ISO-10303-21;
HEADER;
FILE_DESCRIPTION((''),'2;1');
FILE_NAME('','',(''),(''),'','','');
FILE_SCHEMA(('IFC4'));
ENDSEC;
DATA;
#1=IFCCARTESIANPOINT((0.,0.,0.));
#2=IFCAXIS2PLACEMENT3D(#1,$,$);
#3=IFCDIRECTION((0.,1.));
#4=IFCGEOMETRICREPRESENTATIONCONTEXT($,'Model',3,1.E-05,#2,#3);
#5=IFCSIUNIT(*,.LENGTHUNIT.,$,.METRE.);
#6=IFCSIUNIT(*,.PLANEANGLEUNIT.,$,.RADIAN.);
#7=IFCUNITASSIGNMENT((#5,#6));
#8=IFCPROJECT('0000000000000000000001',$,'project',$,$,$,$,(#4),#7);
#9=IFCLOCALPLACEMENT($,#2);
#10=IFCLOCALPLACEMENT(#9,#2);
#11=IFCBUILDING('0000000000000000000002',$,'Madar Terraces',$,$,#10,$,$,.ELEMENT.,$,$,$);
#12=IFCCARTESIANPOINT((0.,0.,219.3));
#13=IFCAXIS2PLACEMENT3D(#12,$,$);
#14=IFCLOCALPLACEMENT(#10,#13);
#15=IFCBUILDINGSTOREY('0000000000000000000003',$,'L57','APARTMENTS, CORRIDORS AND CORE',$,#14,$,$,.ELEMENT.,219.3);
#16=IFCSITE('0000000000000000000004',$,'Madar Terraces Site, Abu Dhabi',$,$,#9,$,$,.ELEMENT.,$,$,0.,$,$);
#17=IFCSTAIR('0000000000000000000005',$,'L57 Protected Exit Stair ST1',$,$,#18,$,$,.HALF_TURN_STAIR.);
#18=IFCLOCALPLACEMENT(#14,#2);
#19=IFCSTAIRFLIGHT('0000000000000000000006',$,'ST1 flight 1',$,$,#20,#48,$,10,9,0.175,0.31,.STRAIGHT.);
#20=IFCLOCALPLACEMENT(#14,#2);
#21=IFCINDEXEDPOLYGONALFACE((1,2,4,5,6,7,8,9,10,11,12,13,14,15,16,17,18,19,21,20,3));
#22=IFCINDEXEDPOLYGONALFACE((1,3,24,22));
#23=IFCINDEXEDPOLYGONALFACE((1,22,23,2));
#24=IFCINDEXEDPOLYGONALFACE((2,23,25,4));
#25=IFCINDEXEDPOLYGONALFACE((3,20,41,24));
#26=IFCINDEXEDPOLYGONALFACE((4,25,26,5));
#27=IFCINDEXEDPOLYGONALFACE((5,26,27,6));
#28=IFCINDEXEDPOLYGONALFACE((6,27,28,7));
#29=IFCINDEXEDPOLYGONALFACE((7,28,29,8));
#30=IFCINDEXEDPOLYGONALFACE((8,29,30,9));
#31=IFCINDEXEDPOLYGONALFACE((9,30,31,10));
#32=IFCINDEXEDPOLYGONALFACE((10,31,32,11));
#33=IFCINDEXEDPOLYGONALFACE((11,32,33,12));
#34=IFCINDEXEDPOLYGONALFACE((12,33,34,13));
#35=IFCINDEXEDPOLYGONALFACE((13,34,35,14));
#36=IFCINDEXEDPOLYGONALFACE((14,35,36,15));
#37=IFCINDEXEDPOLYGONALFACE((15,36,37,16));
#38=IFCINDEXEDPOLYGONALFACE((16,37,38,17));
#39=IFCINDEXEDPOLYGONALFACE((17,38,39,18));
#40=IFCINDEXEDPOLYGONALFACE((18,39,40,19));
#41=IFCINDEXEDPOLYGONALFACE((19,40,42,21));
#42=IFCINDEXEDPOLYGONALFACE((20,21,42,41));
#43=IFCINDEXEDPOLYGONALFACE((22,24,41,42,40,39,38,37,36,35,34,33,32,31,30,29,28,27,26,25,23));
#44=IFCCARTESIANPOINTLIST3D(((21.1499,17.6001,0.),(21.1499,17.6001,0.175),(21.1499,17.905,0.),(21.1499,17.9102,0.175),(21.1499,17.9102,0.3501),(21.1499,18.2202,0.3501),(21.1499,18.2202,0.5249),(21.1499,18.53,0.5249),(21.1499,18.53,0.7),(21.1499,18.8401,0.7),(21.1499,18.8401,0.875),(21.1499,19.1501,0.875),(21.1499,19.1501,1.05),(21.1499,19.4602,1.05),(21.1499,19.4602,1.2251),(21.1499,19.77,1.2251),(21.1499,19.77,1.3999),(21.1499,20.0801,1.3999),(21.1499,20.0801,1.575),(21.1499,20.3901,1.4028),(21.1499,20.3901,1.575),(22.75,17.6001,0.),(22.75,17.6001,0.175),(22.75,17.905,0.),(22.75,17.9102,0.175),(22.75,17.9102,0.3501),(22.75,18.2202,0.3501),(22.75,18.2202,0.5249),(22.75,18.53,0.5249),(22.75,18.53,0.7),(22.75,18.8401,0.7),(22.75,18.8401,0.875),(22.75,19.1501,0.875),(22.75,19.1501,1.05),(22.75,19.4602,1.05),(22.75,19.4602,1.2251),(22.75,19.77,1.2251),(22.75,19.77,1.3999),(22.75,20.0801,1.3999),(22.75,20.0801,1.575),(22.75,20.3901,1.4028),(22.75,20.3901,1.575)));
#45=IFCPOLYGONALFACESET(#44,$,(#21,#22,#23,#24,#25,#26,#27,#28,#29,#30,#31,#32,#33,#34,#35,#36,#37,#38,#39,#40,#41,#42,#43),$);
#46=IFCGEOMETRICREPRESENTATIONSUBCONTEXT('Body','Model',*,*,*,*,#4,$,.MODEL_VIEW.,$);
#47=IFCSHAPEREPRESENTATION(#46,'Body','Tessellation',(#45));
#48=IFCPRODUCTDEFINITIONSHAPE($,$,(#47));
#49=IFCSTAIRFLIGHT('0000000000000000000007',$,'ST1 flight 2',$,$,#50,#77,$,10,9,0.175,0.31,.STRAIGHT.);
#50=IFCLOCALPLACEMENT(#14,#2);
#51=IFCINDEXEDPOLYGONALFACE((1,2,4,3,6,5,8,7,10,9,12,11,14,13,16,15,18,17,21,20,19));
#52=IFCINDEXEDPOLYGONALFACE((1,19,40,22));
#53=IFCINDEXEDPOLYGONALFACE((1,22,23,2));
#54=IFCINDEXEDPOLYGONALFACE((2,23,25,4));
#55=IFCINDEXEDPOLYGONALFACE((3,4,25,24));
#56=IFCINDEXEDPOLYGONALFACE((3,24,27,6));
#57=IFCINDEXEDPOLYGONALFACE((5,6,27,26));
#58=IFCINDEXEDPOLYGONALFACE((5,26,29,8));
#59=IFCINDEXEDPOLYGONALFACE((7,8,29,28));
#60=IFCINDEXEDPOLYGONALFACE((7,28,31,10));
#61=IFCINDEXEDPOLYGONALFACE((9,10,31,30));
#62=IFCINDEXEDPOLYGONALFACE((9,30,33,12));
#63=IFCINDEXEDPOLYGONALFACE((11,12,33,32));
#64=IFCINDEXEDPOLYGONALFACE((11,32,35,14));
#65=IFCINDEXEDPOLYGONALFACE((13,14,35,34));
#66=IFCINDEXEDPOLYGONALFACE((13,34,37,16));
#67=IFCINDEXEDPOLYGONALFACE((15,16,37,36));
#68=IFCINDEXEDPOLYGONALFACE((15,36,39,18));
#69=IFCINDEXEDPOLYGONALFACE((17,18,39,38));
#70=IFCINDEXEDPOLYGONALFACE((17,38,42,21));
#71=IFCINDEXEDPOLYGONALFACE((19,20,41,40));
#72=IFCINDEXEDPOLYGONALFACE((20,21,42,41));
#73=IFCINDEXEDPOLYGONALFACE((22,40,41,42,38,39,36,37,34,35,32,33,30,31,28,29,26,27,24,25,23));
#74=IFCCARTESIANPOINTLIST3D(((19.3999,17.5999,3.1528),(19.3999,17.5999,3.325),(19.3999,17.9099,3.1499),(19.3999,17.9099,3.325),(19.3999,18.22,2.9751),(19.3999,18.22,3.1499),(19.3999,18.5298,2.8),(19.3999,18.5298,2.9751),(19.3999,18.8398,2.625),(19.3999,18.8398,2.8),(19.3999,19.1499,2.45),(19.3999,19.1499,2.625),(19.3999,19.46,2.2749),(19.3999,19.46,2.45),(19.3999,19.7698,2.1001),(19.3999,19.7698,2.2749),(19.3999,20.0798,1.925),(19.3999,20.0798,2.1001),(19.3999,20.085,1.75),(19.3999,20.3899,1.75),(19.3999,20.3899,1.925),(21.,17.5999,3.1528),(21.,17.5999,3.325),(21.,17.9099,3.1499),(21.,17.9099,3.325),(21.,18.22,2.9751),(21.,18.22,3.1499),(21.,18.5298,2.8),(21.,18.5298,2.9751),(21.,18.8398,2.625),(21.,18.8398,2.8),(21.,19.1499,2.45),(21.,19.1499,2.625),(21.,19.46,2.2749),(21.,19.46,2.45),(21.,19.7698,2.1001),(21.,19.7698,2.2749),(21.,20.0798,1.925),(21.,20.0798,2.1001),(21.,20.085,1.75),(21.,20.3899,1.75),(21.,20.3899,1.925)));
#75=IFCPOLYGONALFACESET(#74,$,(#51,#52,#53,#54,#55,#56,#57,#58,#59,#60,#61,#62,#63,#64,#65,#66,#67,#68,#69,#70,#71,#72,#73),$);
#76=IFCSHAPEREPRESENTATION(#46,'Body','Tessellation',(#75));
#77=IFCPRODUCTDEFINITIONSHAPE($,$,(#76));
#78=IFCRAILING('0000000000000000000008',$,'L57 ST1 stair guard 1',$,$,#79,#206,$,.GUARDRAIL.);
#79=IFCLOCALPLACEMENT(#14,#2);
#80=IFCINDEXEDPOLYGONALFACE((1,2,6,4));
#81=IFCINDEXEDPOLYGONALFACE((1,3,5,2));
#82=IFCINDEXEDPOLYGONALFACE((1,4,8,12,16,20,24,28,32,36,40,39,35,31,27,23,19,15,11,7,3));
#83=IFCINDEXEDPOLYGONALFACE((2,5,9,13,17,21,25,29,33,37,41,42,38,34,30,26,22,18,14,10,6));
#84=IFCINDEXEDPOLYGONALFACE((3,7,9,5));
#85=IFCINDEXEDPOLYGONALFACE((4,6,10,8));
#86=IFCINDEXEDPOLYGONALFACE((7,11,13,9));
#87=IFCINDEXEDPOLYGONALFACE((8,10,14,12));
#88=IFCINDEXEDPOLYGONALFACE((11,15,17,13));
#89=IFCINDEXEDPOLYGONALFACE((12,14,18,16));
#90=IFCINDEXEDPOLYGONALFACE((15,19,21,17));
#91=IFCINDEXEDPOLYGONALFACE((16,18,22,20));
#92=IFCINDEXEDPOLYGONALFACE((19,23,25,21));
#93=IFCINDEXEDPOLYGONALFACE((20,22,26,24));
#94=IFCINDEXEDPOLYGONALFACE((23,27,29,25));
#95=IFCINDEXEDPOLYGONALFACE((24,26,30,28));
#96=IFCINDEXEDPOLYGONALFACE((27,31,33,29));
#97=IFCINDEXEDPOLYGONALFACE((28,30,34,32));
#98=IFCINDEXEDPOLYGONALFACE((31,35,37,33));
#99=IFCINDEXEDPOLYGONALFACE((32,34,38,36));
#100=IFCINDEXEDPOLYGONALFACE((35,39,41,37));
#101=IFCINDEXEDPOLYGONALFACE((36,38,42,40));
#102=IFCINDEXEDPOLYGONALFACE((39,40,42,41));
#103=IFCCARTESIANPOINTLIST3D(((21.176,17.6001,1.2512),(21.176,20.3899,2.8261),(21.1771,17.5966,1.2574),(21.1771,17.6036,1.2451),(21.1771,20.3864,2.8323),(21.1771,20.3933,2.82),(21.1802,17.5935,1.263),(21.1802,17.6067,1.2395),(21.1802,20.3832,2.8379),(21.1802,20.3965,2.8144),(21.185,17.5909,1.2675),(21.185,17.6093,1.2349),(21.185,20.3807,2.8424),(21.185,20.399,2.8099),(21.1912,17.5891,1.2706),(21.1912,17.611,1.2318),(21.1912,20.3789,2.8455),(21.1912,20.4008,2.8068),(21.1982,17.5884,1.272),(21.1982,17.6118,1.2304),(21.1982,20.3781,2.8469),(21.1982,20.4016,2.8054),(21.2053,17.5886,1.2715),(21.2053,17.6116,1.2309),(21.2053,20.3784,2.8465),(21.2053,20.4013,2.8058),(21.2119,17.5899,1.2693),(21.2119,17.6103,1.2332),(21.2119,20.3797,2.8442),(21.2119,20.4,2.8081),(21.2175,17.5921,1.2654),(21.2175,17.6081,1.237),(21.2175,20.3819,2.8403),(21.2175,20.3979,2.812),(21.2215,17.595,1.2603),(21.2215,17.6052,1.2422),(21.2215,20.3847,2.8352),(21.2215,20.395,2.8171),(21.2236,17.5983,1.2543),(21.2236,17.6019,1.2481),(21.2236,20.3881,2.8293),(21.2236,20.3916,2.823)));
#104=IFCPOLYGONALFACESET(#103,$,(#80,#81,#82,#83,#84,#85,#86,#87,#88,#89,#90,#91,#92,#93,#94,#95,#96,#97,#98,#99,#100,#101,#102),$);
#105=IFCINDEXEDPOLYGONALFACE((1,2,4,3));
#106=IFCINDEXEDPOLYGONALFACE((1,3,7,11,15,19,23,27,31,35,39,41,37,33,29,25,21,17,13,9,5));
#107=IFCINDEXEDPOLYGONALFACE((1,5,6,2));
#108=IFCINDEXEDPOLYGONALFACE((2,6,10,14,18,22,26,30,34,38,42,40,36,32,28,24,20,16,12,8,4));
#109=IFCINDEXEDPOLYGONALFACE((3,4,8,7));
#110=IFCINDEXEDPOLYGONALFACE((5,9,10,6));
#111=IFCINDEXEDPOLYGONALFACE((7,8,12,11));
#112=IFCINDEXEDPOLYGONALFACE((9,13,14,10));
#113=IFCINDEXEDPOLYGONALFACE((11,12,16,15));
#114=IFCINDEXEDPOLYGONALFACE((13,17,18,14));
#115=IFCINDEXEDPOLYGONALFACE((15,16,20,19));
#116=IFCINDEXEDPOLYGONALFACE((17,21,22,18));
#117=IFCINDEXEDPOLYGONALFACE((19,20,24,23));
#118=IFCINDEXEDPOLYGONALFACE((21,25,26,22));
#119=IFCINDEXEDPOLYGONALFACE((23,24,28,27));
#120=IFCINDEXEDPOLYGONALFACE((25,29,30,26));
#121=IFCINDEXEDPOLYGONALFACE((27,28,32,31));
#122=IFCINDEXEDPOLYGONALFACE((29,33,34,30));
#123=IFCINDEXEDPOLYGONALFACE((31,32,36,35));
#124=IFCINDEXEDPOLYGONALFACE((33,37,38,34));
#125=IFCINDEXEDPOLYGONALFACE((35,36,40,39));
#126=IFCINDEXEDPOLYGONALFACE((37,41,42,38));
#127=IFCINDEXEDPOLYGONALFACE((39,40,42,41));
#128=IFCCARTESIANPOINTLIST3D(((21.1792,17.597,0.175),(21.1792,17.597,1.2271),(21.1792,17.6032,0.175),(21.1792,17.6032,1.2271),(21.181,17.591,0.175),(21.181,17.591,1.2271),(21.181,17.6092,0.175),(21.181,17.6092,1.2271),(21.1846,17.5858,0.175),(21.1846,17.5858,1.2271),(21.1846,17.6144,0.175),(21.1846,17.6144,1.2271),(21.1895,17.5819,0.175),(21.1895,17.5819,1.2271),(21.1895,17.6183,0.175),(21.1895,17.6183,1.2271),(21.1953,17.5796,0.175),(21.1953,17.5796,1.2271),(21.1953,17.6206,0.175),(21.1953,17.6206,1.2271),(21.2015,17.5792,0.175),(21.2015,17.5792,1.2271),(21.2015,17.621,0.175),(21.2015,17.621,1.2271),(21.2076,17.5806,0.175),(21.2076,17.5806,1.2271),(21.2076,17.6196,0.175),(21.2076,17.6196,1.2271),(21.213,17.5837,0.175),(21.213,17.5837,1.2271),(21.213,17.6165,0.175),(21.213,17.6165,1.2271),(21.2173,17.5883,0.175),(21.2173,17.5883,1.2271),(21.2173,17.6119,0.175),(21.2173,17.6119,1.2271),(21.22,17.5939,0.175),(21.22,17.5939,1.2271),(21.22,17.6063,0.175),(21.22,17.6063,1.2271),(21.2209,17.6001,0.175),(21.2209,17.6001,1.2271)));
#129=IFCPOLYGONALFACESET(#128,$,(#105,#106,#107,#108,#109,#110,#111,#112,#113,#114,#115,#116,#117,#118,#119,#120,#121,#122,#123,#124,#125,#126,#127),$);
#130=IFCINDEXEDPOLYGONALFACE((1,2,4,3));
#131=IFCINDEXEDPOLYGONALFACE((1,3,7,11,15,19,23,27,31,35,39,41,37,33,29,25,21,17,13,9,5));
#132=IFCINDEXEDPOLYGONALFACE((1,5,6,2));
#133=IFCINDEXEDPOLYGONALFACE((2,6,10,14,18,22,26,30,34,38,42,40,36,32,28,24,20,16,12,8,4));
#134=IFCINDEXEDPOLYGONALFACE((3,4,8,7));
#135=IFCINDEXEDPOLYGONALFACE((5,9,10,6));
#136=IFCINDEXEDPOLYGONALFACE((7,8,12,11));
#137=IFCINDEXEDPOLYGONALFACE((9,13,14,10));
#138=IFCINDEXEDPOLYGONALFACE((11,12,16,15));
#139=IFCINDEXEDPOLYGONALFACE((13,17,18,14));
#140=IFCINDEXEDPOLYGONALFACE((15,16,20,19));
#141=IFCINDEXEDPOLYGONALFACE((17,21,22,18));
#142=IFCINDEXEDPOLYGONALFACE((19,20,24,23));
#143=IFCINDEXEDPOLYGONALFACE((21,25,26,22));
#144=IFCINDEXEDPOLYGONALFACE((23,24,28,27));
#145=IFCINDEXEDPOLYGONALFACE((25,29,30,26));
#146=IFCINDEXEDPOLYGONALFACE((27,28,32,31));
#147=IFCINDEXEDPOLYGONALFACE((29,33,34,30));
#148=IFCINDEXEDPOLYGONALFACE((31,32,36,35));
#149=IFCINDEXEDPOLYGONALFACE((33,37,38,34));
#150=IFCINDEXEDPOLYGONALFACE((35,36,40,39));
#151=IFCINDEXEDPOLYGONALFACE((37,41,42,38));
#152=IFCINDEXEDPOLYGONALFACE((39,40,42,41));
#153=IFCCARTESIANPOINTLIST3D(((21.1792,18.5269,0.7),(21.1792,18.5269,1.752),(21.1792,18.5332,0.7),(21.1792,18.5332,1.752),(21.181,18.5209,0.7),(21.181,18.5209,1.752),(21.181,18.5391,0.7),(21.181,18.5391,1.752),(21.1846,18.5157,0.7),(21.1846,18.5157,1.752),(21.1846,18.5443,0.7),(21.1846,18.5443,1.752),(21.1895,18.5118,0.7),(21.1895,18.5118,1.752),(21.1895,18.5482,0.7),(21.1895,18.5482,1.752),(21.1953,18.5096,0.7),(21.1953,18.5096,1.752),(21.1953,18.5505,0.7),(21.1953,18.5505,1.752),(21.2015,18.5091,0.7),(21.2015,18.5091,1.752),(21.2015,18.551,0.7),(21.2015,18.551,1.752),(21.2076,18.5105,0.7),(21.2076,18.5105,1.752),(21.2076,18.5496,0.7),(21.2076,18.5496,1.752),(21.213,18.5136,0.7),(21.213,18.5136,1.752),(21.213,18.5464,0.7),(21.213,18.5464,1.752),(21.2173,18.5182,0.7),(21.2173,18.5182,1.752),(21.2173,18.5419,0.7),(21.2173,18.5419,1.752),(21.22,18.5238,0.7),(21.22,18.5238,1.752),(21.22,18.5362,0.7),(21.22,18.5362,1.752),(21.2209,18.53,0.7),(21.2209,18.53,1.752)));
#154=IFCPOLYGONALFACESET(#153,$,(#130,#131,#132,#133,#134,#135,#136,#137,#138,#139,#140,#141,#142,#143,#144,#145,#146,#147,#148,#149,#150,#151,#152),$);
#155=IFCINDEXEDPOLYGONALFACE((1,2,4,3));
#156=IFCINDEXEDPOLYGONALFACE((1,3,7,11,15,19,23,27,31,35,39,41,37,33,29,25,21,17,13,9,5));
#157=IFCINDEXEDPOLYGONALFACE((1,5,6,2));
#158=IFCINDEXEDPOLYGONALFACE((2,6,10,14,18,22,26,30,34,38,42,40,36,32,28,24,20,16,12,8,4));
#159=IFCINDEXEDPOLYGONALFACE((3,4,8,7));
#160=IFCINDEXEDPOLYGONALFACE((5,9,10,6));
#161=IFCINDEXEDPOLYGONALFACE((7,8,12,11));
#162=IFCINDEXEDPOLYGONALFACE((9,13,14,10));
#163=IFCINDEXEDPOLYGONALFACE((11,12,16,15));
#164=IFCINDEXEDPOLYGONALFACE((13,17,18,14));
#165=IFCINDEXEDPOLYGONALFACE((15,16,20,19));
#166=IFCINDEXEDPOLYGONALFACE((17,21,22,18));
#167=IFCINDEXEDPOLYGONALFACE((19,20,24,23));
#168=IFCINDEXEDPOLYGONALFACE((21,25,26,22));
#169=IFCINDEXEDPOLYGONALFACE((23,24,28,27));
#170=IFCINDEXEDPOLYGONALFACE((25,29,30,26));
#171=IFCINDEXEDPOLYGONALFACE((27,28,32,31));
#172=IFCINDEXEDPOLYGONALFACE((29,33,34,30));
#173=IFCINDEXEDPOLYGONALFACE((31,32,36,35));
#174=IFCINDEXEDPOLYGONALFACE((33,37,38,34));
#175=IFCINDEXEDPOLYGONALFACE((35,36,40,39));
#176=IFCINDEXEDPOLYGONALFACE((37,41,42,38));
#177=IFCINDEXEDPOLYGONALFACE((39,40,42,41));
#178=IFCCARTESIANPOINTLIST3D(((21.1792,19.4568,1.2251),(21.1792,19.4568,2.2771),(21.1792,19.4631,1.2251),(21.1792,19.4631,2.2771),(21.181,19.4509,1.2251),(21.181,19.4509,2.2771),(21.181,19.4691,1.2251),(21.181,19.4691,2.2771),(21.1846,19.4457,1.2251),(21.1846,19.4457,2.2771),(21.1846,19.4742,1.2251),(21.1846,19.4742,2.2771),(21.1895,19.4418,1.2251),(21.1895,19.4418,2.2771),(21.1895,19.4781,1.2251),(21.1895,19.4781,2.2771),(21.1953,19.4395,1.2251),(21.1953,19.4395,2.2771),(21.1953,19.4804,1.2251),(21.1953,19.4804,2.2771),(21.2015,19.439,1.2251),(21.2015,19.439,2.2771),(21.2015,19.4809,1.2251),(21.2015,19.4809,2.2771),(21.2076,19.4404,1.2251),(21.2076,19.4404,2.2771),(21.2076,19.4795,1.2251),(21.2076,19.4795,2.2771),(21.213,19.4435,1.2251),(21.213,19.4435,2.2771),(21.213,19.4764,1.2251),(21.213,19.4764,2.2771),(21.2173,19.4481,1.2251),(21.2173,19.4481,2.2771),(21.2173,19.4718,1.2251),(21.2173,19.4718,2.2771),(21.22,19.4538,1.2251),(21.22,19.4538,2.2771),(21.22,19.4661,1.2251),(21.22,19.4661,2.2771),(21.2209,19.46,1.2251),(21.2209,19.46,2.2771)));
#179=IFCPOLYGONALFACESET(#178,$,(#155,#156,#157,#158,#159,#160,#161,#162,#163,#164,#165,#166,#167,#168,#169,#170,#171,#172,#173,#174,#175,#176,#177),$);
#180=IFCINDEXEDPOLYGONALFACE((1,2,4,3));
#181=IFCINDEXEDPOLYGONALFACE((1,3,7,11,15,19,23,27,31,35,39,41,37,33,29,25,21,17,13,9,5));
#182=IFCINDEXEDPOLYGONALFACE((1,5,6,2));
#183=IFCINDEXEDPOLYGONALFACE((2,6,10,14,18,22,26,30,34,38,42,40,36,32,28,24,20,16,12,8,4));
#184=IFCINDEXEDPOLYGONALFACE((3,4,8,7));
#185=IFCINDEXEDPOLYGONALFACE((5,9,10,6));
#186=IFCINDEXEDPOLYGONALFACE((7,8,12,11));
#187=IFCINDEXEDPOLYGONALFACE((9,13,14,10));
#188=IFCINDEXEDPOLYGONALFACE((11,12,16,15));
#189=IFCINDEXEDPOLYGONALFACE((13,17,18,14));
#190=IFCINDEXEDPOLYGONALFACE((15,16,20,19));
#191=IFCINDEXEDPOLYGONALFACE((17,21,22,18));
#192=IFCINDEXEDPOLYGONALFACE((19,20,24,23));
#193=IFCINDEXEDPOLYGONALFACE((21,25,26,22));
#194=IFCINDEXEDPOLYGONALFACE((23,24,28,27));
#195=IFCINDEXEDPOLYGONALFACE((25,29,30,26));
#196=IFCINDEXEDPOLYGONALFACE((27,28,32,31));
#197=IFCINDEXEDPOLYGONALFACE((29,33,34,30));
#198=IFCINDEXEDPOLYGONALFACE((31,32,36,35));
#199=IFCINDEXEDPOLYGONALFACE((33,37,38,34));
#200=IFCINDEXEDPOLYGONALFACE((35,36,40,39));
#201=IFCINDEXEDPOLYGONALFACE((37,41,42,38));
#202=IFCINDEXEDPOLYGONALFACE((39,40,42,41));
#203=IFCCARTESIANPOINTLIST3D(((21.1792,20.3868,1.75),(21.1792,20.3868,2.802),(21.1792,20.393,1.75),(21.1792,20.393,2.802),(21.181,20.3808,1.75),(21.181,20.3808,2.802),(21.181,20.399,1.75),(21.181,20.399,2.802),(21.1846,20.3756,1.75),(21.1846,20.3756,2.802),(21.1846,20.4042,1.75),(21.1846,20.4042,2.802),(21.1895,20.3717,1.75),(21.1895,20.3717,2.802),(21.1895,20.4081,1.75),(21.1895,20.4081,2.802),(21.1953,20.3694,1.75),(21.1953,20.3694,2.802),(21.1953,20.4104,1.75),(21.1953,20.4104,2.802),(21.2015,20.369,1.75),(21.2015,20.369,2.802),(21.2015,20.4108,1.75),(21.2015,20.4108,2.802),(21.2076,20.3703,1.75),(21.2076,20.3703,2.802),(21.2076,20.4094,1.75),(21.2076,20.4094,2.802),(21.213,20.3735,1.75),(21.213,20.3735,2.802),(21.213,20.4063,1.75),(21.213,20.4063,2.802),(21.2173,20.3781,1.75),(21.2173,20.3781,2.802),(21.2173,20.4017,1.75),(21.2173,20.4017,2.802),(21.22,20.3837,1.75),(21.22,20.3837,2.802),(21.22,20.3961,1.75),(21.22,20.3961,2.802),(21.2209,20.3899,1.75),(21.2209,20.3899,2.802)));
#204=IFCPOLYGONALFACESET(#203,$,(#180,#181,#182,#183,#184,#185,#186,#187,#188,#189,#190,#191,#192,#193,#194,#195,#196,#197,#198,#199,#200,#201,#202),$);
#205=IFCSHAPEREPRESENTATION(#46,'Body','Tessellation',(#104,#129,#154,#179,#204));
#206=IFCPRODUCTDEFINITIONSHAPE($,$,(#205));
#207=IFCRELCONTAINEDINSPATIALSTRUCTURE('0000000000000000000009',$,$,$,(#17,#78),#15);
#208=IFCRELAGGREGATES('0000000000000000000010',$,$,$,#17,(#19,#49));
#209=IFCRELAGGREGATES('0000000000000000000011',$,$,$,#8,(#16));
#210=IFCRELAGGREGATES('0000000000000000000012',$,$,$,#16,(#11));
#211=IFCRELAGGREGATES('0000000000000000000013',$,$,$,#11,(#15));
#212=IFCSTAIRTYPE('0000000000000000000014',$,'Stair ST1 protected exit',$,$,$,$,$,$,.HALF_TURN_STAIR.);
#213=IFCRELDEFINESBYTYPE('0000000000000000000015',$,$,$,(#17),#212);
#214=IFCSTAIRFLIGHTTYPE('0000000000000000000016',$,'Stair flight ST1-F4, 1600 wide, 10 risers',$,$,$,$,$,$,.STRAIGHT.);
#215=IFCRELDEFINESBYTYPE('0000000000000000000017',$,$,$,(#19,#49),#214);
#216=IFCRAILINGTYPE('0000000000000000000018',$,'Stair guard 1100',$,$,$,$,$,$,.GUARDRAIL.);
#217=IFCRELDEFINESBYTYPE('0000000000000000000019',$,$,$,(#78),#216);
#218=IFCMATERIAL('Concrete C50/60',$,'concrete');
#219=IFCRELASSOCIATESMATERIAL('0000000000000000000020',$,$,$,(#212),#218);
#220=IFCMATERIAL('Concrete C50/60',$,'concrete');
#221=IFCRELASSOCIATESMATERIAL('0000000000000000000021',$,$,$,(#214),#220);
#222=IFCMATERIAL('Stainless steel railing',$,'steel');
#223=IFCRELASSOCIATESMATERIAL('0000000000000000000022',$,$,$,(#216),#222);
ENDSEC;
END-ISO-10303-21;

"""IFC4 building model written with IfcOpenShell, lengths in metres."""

from ifc_helpers import new_model, si_unit, direction, frame, origin, origin_2d, place, context, subcontext, project, spatial, polyline, circle, outline, extrude, material, type_object, element, aggregate, save


model = new_model("IFC4")

# Units and contexts
model_context = context("Model", 3, precision=1e-05, world=origin(), true_north=direction((0.0, 1.0)))
body_context = subcontext(model_context, "Body", "Model", "MODEL_VIEW")
ifc_project = project(units=[si_unit("LENGTHUNIT", "METRE"), si_unit("PLANEANGLEUNIT", "RADIAN")], contexts=[model_context])

# Site, building, storey
site_placement = place(None, origin())
site = spatial("IfcSite", under=ifc_project, at=site_placement, Name="Madar Terraces Site, Abu Dhabi", CompositionType="ELEMENT", RefElevation=0.0)
building_placement = place(site_placement, origin())
building = spatial("IfcBuilding", under=site, at=building_placement, Name="Madar Terraces", CompositionType="ELEMENT")
storey_placement = place(building_placement, frame((0.0, 0.0, 219.3)))
storey = spatial("IfcBuildingStorey", under=building, at=storey_placement, Name="L57", Description="APARTMENTS, CORRIDORS AND CORE", CompositionType="ELEMENT", Elevation=219.3)

# Stair, stair flights
ifc_material_1 = material(Name="Concrete C50/60", Category="concrete")
stair_type = type_object("IfcStairType", Name="Stair ST1 protected exit", PredefinedType="HALF_TURN_STAIR", material=ifc_material_1)
stair_placement = place(storey_placement, origin())
stair = element("IfcStair", 1, at=stair_placement, inside=storey, type_object=stair_type, Name="L57 Protected Exit Stair ST1", PredefinedType="HALF_TURN_STAIR")
ifc_material_2 = material(Name="Concrete C50/60", Category="concrete")
stair_flight_type = type_object("IfcStairFlightType", Name="Stair flight ST1-F4, 1600 wide, 10 risers", PredefinedType="STRAIGHT", material=ifc_material_2)
stair_flight_1_placement = place(storey_placement, frame((21.95, 17.6001, 0.0), z_axis=(0.0, 0.0, 1.0), x_axis=(0.0, 1.0, 0.0)))
stair_flight_1 = element("IfcStairFlight", 2, at=stair_flight_1_placement, type_object=stair_flight_type, Name="ST1 flight 1", NumberOfRisers=10, NumberOfTreads=9, PredefinedType="STRAIGHT", RiserHeight=0.175, TreadLength=0.31, context=body_context, shape_type="SweptSolid", body=[
    extrude(outline(polyline([(0.0, 0.0), (0.0, 0.175), (0.3101, 0.175), (0.3101, 0.3501), (0.6201, 0.3501), (0.6201, 0.5249), (0.9299, 0.5249), (0.9299, 0.7), (1.24, 0.7), (1.24, 0.875), (1.55, 0.875), (1.55, 1.05), (1.8601, 1.05), (1.8601, 1.2251), (2.1699, 1.2251), (2.1699, 1.3999), (2.48, 1.3999), (2.48, 1.575), (2.79, 1.575), (2.79, 1.75), (2.79, 1.4028), (0.3049, 0.0), (0.0, 0.0)])), frame((0.0, 0.8, 0.0), z_axis=(0.0, -1.0, 0.0), x_axis=(1.0, 0.0, 0.0)), (0.0, 0.0, 1.0), 1.6001),
])
stair_flight_2_placement = place(storey_placement, frame((20.2, 20.3899, 1.75), z_axis=(0.0, 0.0, 1.0), x_axis=(0.0, -1.0, 0.0)))
stair_flight_2 = element("IfcStairFlight", 3, at=stair_flight_2_placement, type_object=stair_flight_type, Name="ST1 flight 2", NumberOfRisers=10, NumberOfTreads=9, PredefinedType="STRAIGHT", RiserHeight=0.175, TreadLength=0.31, context=body_context, shape_type="SweptSolid", body=[
    extrude(outline(polyline([(0.0, 0.0), (0.0, 0.175), (0.3101, 0.175), (0.3101, 0.3501), (0.6201, 0.3501), (0.6201, 0.5249), (0.9299, 0.5249), (0.9299, 0.7), (1.24, 0.7), (1.24, 0.875), (1.55, 0.875), (1.55, 1.05), (1.8601, 1.05), (1.8601, 1.2251), (2.1699, 1.2251), (2.1699, 1.3999), (2.48, 1.3999), (2.48, 1.575), (2.79, 1.575), (2.79, 1.75), (2.79, 1.4028), (0.3049, 0.0), (0.0, 0.0)])), frame((0.0, 0.8, 0.0), z_axis=(0.0, -1.0, 0.0), x_axis=(1.0, 0.0, 0.0)), (0.0, 0.0, 1.0), 1.6001),
])
aggregate(stair, [stair_flight_1, stair_flight_2])

# Railing
ifc_material_3 = material(Name="Stainless steel railing", Category="steel")
railing_type_1 = type_object("IfcRailingType", Name="Stair guard 1100", PredefinedType="GUARDRAIL", material=ifc_material_3)
railing_1_placement = place(storey_placement, frame((21.2, 17.6001, 0.175)))
element("IfcRailing", 4, at=railing_1_placement, inside=storey, type_object=railing_type_1, Name="L57 ST1 stair guard 1", PredefinedType="GUARDRAIL", context=body_context, shape_type="SweptSolid", body=[
    extrude(circle(Radius=0.0239, at=origin_2d()), frame((0.0, 0.0, 1.0762), z_axis=(0.0, 0.870815, 0.49161), x_axis=(-1.0, 0.0, 0.0)), (0.0, 0.0, 1.0), 3.2036),
    extrude(circle(Radius=0.021, at=origin_2d()), origin(), (0.0, 0.0, 1.0), 1.052),
    extrude(circle(Radius=0.021, at=origin_2d()), frame((0.0, 0.9299, 0.5249)), (0.0, 0.0, 1.0), 1.052),
    extrude(circle(Radius=0.021, at=origin_2d()), frame((0.0, 1.8599, 1.05)), (0.0, 0.0, 1.0), 1.052),
    extrude(circle(Radius=0.021, at=origin_2d()), frame((0.0, 2.7898, 1.575)), (0.0, 0.0, 1.0), 1.052),
])

save(model, "model.ifc")
